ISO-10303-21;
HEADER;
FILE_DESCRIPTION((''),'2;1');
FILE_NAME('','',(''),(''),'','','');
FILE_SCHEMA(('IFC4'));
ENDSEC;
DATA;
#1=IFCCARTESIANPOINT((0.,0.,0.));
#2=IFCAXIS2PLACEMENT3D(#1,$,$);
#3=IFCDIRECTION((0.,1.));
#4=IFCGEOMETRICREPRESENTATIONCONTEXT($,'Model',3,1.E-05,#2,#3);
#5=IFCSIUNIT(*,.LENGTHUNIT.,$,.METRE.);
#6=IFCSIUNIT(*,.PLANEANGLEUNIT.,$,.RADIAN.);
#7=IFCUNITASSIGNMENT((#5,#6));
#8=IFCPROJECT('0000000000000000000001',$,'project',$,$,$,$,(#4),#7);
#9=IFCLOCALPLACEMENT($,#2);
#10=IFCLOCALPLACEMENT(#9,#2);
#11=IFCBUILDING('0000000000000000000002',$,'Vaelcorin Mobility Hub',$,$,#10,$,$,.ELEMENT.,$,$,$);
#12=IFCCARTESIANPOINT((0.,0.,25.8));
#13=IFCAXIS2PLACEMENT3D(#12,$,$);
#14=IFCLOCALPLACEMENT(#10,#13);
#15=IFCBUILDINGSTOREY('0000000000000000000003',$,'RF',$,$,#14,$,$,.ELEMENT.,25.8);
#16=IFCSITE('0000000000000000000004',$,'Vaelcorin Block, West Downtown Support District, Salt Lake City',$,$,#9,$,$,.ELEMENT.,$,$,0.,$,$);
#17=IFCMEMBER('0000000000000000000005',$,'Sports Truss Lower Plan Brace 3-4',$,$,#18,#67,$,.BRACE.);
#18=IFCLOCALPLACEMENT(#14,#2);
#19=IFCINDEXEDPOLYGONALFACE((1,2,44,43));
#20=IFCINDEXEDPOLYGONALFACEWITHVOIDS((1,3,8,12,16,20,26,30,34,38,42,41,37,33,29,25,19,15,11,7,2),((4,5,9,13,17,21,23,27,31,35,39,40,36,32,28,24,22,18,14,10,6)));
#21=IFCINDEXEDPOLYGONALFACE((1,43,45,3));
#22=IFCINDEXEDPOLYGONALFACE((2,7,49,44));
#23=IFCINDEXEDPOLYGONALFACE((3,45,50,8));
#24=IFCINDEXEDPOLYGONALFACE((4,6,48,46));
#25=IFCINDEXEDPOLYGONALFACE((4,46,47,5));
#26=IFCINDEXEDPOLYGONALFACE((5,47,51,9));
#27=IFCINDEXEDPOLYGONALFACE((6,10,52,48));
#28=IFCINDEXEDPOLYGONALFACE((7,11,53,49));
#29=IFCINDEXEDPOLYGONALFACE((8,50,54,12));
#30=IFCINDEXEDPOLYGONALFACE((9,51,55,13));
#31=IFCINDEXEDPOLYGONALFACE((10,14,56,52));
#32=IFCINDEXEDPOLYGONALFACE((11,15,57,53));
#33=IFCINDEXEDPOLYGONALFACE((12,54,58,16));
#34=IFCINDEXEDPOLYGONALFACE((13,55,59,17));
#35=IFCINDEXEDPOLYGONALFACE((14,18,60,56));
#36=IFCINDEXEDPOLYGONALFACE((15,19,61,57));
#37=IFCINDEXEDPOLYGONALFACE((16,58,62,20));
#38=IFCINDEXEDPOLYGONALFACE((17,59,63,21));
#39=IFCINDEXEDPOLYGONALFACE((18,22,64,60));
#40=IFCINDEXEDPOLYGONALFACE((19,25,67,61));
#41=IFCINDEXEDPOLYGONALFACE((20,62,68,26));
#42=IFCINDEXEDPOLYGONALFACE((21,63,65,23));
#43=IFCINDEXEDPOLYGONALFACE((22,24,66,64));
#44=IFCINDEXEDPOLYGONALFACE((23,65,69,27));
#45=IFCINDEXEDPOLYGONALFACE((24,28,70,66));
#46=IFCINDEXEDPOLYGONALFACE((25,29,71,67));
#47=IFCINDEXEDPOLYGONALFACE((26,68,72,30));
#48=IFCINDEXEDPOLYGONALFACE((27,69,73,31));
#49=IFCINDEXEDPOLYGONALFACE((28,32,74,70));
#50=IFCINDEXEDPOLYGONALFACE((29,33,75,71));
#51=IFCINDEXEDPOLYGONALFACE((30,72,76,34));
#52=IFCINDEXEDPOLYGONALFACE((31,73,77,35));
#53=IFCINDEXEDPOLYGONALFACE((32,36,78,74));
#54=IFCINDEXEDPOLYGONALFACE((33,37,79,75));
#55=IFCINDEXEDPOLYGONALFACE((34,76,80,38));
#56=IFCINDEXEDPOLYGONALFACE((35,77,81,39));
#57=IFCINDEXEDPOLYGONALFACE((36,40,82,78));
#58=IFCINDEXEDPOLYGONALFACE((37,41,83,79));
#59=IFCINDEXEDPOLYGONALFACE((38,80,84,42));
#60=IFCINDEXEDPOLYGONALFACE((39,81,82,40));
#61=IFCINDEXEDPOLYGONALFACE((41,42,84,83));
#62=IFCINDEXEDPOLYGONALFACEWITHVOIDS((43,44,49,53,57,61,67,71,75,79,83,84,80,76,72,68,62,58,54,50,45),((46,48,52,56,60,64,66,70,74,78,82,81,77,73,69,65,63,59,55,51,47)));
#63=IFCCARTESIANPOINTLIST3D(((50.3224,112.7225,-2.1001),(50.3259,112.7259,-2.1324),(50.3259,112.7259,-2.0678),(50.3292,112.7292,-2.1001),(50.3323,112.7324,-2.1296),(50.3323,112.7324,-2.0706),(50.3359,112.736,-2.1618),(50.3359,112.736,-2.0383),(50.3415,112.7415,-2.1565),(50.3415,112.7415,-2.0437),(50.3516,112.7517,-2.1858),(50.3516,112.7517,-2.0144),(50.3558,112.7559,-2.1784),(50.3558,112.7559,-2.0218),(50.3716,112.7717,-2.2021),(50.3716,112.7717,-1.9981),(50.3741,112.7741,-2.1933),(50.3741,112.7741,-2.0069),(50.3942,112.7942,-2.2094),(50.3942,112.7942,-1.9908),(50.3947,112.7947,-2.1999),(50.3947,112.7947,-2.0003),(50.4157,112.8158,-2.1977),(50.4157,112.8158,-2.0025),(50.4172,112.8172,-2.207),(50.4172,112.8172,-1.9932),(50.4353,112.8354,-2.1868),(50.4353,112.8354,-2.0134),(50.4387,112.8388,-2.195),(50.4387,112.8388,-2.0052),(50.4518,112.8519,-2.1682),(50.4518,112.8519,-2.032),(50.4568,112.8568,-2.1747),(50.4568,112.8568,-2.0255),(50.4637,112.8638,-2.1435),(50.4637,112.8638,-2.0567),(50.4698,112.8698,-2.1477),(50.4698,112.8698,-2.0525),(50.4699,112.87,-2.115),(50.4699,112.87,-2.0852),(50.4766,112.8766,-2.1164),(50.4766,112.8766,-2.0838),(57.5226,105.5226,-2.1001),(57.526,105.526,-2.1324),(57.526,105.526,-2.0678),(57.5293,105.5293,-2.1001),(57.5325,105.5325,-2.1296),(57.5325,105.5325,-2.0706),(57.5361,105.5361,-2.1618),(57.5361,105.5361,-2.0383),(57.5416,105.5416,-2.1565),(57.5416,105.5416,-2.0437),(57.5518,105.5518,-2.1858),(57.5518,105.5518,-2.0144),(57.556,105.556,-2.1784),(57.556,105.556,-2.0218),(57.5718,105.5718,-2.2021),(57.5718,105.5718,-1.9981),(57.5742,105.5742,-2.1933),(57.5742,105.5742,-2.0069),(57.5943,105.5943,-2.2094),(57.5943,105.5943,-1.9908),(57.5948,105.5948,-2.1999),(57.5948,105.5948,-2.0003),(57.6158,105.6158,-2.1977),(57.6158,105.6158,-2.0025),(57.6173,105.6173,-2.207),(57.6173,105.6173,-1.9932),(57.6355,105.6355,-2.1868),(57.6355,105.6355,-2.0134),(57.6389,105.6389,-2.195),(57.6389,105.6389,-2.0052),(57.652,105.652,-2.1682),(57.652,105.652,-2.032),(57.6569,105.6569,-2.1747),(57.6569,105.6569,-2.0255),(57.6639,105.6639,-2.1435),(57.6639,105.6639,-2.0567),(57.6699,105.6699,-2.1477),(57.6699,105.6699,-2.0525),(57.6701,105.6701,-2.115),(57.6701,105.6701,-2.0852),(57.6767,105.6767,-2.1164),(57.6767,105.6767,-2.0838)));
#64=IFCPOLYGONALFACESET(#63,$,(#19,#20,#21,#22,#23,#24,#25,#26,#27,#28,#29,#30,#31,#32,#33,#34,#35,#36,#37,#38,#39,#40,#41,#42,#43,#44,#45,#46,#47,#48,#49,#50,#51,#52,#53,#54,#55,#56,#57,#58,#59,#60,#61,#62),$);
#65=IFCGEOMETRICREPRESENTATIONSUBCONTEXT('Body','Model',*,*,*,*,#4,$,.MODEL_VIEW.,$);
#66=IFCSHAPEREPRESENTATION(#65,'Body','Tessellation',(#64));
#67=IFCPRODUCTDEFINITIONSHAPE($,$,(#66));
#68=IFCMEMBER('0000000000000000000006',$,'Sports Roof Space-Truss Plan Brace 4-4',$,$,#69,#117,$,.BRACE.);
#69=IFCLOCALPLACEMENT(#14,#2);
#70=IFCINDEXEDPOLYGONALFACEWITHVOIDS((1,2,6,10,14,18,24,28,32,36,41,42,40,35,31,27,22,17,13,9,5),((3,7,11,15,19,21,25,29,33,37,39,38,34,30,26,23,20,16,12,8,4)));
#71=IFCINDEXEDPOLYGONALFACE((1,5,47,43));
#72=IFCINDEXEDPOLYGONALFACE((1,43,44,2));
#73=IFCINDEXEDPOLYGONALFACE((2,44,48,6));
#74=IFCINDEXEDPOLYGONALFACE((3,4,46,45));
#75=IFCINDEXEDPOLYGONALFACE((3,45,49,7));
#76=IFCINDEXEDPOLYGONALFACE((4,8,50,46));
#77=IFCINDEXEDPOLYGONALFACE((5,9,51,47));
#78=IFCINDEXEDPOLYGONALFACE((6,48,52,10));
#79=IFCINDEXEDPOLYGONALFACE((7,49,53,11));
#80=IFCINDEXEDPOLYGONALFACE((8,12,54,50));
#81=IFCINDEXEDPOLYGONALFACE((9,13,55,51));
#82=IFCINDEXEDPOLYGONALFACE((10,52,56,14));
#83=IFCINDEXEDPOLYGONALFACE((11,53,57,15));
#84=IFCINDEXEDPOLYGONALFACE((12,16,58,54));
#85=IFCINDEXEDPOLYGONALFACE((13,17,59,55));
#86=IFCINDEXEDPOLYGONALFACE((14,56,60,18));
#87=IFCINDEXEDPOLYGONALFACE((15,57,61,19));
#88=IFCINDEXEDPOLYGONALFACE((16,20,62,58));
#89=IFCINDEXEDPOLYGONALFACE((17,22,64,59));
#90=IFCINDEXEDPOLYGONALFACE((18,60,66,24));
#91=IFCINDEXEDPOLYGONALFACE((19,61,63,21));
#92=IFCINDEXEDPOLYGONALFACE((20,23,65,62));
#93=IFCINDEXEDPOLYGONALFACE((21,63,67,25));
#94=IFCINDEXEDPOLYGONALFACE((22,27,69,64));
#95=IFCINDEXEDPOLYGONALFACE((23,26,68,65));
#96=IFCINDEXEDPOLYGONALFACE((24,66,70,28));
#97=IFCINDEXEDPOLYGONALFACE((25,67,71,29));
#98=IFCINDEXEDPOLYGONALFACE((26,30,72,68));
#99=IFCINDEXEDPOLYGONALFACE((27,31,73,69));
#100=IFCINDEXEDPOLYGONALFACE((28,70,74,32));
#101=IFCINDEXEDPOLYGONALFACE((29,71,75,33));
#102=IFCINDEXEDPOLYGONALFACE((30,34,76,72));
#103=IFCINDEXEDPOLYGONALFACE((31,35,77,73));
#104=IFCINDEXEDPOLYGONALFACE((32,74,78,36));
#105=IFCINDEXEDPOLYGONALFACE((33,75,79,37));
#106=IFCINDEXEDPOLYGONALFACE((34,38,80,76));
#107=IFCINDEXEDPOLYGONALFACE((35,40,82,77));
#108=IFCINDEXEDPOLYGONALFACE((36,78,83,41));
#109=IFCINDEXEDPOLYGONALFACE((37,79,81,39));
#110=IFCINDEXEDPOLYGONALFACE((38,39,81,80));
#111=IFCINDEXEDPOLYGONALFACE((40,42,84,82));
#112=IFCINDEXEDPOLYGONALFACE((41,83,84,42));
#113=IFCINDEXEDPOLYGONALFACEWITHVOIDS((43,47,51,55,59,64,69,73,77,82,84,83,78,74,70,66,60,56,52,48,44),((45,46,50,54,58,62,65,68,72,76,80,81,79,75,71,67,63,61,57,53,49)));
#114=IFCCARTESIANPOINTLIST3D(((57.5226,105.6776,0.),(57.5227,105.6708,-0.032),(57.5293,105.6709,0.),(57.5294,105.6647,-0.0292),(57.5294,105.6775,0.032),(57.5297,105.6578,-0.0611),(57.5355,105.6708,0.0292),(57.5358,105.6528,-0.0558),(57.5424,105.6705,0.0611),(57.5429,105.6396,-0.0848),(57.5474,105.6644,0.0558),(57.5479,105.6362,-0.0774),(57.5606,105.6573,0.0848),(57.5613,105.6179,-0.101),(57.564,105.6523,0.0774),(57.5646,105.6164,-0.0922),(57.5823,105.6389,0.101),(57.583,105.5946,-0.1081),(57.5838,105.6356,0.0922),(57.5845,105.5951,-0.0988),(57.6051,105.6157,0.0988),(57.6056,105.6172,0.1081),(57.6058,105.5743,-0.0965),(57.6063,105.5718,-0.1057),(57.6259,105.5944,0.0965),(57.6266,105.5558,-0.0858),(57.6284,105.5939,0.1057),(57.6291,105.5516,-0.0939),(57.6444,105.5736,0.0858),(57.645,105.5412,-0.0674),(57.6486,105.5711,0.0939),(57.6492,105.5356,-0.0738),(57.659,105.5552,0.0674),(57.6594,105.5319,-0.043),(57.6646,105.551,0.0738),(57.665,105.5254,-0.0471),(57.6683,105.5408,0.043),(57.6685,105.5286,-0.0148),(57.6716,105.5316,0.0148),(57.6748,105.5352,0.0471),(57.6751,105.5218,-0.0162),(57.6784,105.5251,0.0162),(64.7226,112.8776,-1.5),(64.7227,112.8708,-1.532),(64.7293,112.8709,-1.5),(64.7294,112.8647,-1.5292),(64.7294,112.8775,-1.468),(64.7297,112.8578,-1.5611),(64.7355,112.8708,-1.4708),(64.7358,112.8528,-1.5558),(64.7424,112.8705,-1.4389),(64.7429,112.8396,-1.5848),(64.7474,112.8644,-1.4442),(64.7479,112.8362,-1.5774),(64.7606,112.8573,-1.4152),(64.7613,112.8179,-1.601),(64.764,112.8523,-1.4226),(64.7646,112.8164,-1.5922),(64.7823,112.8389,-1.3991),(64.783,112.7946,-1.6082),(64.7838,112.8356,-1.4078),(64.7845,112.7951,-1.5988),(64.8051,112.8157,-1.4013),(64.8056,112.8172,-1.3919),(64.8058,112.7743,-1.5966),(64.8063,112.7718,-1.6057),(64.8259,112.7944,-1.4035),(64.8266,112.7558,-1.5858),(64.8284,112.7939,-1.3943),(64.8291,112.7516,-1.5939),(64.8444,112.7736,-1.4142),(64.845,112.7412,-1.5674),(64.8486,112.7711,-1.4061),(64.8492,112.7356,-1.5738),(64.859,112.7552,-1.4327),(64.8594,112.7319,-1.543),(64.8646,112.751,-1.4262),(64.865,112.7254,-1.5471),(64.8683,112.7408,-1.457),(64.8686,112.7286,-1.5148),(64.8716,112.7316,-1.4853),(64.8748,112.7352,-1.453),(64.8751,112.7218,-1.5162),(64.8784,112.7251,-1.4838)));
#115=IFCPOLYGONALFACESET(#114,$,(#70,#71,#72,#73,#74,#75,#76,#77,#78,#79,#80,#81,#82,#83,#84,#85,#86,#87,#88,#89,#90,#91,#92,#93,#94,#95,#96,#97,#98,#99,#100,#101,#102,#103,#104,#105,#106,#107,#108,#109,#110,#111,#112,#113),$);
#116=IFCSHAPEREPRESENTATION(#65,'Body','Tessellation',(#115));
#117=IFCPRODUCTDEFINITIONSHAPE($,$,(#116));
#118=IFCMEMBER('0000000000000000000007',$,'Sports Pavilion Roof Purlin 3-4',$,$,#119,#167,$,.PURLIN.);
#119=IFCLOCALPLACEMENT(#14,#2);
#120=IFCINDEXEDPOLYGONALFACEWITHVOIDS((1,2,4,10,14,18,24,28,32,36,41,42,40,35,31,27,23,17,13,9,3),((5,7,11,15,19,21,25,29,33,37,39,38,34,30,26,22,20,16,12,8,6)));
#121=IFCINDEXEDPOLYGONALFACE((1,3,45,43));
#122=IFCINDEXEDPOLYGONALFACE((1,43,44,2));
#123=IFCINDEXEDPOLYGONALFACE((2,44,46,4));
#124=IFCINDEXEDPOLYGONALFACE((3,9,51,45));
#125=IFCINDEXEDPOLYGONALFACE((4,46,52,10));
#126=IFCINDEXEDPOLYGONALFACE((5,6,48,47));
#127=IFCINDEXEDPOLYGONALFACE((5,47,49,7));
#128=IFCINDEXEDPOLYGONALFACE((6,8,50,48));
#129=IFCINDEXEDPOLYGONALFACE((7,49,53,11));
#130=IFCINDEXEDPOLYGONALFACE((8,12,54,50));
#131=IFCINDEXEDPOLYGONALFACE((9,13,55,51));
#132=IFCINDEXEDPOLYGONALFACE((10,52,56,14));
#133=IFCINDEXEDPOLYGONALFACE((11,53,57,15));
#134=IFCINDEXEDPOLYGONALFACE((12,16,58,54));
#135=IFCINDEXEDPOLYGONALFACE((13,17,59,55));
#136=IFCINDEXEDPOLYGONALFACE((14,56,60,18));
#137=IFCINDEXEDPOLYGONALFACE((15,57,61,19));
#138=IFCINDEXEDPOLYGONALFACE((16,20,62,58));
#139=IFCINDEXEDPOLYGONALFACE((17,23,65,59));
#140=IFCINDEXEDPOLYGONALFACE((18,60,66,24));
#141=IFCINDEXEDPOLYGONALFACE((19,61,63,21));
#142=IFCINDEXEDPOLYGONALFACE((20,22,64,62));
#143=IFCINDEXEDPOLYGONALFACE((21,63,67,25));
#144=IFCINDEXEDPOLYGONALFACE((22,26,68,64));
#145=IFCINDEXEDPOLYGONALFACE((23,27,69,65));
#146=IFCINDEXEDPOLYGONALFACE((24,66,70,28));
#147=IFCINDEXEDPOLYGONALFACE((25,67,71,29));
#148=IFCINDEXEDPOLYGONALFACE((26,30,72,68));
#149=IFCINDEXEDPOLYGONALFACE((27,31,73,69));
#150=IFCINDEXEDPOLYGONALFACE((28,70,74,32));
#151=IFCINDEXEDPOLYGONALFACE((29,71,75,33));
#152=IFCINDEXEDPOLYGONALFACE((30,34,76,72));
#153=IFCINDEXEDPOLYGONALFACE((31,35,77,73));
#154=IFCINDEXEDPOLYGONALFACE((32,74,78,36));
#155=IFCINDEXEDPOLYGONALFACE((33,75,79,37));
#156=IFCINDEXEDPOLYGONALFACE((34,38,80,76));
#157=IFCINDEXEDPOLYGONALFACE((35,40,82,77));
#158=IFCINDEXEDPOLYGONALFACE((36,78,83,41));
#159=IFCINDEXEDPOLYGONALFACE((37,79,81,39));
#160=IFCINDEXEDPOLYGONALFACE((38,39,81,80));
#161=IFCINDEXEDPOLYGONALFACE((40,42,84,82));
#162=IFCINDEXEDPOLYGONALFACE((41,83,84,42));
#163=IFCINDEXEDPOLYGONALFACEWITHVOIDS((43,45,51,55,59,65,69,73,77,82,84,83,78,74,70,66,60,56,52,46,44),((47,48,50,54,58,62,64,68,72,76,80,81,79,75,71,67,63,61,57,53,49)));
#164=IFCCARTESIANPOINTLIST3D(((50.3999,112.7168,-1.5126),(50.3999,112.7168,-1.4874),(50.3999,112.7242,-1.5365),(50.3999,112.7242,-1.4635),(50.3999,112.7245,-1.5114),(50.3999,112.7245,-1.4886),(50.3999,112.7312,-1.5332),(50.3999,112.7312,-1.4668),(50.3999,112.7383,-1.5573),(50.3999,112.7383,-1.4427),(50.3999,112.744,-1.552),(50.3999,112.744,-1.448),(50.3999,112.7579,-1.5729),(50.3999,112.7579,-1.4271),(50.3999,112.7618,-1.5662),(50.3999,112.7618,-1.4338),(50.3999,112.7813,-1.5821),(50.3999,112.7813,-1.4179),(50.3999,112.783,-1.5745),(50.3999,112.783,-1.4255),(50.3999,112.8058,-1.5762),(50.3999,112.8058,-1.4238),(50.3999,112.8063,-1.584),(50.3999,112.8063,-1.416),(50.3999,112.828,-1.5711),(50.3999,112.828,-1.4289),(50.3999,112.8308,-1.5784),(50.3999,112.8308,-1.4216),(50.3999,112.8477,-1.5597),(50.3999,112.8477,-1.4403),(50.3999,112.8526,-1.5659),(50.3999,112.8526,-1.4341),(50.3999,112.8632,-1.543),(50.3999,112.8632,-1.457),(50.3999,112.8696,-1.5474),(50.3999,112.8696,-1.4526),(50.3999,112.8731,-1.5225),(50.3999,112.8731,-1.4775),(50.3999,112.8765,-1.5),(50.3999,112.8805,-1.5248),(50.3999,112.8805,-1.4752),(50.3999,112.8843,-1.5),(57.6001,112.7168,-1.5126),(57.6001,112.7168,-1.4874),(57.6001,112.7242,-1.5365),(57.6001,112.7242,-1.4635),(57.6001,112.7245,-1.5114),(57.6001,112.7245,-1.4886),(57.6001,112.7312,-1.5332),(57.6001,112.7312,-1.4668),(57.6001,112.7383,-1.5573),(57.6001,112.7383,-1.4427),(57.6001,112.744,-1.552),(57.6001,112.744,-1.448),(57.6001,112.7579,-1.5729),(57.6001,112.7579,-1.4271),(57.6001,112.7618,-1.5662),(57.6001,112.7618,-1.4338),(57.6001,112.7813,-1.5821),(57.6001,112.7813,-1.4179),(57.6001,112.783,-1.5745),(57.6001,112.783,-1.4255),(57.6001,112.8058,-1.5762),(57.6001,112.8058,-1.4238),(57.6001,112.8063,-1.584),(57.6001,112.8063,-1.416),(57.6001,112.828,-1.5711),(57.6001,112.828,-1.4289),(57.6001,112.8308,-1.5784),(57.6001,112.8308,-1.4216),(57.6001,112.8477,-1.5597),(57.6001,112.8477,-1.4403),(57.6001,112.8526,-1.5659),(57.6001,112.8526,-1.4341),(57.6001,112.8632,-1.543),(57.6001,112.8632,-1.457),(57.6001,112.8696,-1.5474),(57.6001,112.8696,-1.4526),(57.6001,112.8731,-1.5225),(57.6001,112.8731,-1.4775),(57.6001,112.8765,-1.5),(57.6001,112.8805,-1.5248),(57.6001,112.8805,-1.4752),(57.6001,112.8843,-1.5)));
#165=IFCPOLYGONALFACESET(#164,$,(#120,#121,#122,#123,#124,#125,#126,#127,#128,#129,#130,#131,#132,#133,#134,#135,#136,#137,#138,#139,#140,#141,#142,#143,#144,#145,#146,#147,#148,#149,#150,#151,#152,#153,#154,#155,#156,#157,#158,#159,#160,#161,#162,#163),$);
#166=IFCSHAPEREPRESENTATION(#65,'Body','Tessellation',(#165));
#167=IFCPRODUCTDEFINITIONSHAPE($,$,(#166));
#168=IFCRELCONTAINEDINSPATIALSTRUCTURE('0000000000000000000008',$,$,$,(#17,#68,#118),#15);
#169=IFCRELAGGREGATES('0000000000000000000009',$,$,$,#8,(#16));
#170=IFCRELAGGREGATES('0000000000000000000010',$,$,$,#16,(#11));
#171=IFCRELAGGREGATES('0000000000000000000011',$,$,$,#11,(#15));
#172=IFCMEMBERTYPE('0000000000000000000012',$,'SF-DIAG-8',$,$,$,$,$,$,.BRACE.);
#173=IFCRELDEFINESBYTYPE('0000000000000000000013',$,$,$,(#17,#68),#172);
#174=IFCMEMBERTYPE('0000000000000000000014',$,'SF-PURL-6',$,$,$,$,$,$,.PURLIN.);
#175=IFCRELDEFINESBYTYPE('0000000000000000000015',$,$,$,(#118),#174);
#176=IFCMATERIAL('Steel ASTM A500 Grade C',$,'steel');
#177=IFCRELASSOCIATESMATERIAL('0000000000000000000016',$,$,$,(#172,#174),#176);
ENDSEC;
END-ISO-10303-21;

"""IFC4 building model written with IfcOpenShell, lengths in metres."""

from ifc_helpers import new_model, si_unit, direction, frame, origin, origin_2d, place, context, subcontext, project, spatial, hollow_circle, extrude, material, material_profile, profile_set, type_object, element, save


model = new_model("IFC4")

# Units and contexts
model_context = context("Model", 3, precision=1e-05, world=origin(), true_north=direction((0.0, 1.0)))
body_context = subcontext(model_context, "Body", "Model", "MODEL_VIEW")
ifc_project = project(units=[si_unit("LENGTHUNIT", "METRE"), si_unit("PLANEANGLEUNIT", "RADIAN")], contexts=[model_context])

# Site, building, storey
site_placement = place(None, origin())
site = spatial("IfcSite", under=ifc_project, at=site_placement, Name="Vaelcorin Block, West Downtown Support District, Salt Lake City", CompositionType="ELEMENT", RefElevation=0.0)
building_placement = place(site_placement, origin())
building = spatial("IfcBuilding", under=site, at=building_placement, Name="Vaelcorin Mobility Hub", CompositionType="ELEMENT")
storey_placement = place(building_placement, frame((0.0, 0.0, 25.8)))
storey = spatial("IfcBuildingStorey", under=building, at=storey_placement, Name="RF", CompositionType="ELEMENT", Elevation=25.8)

# Members
ifc_material_1 = material(Name="Steel ASTM A500 Grade C", Category="steel")
ifc_material_profile_1 = material_profile(ifc_material_1, hollow_circle(Radius=0.1096, WallThickness=0.0095, at=origin_2d()), Name="HSS8.625X0.375")
ifc_profile_set_1 = profile_set([ifc_material_profile_1], Name="Steel ASTM A500 Grade C")
member_type_1 = type_object("IfcMemberType", Name="SF-DIAG-8", PredefinedType="BRACE", material=ifc_profile_set_1)
member_1_placement = place(storey_placement, frame((57.6001, 105.6001, -2.1001), z_axis=(-0.707119, 0.707095, 0.0), x_axis=(-0.707095, -0.707119, 0.0)))
element("IfcMember", 1, at=member_1_placement, inside=storey, type_object=member_type_1, Name="Sports Truss Lower Plan Brace 3-4", PredefinedType="BRACE", context=body_context, shape_type="SweptSolid", body=[
    extrude(hollow_circle(Radius=0.1096, WallThickness=0.0095, at=origin_2d()), origin(), (0.0, 0.0, 1.0), 10.1824),
])
member_2_placement = place(storey_placement, frame((57.6001, 105.6001, 0.0), z_axis=(0.699557, 0.699557, -0.145742), x_axis=(-0.707107, 0.707107, 0.0)))
element("IfcMember", 2, at=member_2_placement, inside=storey, type_object=member_type_1, Name="Sports Roof Space-Truss Plan Brace 4-4", PredefinedType="BRACE", context=body_context, shape_type="SweptSolid", body=[
    extrude(hollow_circle(Radius=0.1096, WallThickness=0.0095, at=origin_2d()), origin(), (0.0, 0.0, 1.0), 10.2922),
])
ifc_material_profile_2 = material_profile(ifc_material_1, hollow_circle(Radius=0.0842, WallThickness=0.0078, at=origin_2d()), Name="HSS6.625X0.312")
ifc_profile_set_2 = profile_set([ifc_material_profile_2], Name="Steel ASTM A500 Grade C")
member_type_2 = type_object("IfcMemberType", Name="SF-PURL-6", PredefinedType="PURLIN", material=ifc_profile_set_2)
for number, where, z_axis, x_axis, name in (
    (3, (50.3999, 112.8, -1.5), (1.0, 0.0, 0.0), (0.0, 1.0, 0.0), "Sports Pavilion Roof Purlin 3-4"),
):
    element("IfcMember", number, at=place(storey_placement, frame(where, z_axis=z_axis, x_axis=x_axis)), inside=storey, type_object=member_type_2, Name=name, PredefinedType="PURLIN", context=body_context, shape_type="SweptSolid", body=[
        extrude(hollow_circle(Radius=0.0842, WallThickness=0.0078, at=origin_2d()), origin(), (0.0, 0.0, 1.0), 7.2002),
    ])

save(model, "model.ifc")
